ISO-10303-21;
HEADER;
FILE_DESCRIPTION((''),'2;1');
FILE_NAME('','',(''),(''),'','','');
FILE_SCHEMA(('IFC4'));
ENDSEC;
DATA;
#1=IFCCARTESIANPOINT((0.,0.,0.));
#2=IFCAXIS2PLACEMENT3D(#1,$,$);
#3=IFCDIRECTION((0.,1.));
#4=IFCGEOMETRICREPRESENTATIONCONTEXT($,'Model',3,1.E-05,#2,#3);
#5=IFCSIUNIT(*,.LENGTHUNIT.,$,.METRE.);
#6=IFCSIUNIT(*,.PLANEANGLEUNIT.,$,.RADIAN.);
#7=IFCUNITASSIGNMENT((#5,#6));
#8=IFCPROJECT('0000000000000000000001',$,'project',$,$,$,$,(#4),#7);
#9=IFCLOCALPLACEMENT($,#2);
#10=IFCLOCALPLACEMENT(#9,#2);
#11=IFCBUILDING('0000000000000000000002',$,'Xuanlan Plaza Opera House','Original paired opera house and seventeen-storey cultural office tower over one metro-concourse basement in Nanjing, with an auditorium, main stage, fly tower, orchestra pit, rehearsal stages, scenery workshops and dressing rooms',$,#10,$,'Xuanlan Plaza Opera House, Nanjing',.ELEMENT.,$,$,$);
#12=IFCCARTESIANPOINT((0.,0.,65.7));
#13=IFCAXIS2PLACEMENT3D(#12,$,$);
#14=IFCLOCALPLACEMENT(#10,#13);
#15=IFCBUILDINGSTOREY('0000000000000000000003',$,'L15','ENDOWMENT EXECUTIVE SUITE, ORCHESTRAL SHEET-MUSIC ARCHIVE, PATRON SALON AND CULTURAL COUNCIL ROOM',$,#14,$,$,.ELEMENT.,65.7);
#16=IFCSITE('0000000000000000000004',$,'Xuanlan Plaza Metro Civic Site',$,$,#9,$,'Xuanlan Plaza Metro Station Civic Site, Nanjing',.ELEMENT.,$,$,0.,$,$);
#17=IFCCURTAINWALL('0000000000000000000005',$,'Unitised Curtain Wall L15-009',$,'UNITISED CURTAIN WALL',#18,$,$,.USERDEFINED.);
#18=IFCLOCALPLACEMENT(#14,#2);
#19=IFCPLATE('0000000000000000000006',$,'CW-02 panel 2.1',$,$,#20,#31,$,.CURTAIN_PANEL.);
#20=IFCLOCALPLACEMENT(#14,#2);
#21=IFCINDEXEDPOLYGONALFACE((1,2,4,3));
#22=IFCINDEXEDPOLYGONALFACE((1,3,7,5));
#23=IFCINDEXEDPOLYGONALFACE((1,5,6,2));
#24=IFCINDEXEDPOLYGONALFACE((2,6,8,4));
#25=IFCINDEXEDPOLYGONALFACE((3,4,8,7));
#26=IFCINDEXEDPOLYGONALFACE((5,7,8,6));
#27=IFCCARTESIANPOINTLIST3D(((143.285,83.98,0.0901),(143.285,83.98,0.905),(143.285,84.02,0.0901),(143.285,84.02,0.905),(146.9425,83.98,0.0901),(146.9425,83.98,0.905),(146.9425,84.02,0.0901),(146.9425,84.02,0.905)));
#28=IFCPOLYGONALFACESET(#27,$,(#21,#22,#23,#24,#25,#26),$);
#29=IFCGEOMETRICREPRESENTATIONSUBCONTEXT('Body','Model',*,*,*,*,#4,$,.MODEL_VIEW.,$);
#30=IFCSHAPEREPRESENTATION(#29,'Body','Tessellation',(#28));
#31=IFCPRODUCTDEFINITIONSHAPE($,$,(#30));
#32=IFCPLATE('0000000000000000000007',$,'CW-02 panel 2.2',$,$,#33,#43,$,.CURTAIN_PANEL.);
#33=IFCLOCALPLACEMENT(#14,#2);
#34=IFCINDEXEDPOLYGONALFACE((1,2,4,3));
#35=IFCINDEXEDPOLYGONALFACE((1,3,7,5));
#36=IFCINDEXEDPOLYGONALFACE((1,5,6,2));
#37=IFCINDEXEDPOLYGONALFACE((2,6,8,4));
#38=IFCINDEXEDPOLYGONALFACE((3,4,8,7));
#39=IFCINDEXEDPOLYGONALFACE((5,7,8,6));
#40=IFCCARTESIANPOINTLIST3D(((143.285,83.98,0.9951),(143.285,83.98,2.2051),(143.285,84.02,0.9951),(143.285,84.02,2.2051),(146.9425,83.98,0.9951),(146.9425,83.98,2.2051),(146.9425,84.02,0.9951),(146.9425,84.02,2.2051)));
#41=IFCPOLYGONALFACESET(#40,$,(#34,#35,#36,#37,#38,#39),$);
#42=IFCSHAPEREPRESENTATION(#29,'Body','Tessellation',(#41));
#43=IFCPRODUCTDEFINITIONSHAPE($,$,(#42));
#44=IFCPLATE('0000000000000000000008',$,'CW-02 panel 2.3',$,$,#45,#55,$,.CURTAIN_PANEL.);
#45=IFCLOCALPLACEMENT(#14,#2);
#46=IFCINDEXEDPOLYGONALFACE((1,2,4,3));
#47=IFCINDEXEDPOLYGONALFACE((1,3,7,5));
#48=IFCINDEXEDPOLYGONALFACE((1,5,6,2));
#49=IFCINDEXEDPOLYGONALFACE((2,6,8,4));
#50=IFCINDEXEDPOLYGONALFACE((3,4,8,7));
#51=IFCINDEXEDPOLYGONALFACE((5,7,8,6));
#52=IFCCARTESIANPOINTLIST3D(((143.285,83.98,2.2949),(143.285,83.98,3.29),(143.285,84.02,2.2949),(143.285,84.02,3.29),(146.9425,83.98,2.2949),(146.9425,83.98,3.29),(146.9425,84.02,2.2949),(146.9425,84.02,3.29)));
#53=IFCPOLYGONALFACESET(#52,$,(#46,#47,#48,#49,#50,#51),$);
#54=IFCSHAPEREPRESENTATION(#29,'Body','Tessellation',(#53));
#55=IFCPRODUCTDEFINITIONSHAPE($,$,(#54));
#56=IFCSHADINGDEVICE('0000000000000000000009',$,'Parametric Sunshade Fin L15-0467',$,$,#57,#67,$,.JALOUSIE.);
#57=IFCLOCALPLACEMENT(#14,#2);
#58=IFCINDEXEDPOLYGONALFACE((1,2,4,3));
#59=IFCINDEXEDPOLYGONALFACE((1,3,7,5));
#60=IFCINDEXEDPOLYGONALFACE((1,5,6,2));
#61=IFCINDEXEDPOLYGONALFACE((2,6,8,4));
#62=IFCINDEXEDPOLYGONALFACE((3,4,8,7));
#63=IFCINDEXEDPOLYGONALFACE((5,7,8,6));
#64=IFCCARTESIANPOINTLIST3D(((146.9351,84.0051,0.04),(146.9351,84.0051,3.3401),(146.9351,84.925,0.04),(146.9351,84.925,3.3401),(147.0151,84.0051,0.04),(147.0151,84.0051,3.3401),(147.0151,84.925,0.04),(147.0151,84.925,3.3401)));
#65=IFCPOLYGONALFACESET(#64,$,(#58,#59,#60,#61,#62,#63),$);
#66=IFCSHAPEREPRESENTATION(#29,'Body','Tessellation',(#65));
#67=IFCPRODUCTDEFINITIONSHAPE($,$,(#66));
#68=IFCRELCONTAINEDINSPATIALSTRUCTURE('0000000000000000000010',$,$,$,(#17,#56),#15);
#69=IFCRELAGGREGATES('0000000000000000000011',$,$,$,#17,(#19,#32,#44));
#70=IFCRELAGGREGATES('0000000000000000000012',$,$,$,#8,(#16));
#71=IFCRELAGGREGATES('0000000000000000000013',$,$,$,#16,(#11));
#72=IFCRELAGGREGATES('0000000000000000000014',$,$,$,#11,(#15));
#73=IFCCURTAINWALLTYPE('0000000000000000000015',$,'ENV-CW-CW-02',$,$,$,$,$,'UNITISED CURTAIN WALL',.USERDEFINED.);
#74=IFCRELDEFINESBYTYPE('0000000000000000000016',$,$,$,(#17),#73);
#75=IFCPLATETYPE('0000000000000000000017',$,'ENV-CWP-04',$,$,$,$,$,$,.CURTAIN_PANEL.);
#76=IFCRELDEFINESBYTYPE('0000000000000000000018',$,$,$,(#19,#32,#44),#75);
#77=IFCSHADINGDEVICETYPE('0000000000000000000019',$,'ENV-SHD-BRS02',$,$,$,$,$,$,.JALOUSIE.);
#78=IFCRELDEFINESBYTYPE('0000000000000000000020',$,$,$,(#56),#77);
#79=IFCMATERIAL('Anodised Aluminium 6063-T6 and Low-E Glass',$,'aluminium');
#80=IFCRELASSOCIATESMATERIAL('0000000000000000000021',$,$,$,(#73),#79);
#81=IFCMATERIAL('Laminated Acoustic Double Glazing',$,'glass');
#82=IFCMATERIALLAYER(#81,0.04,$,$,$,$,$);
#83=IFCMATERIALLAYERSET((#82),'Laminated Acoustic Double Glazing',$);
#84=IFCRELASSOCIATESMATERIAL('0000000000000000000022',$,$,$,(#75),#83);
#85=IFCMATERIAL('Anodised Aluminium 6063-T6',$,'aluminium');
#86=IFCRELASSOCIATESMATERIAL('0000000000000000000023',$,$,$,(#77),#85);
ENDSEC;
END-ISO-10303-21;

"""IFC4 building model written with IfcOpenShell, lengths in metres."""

from ifc_helpers import new_model, si_unit, direction, frame, origin, origin_2d, place, context, subcontext, project, spatial, rectangle, extrude, material, layer, layer_set, type_object, element, aggregate, save


model = new_model("IFC4")

# Units and contexts
model_context = context("Model", 3, precision=1e-05, world=origin(), true_north=direction((0.0, 1.0)))
body_context = subcontext(model_context, "Body", "Model", "MODEL_VIEW")
ifc_project = project(units=[si_unit("LENGTHUNIT", "METRE"), si_unit("PLANEANGLEUNIT", "RADIAN")], contexts=[model_context])

# Site, building, storey
site_placement = place(None, origin())
site = spatial("IfcSite", under=ifc_project, at=site_placement, Name="Xuanlan Plaza Metro Civic Site", LongName="Xuanlan Plaza Metro Station Civic Site, Nanjing", CompositionType="ELEMENT", RefElevation=0.0)
building_placement = place(site_placement, origin())
building = spatial("IfcBuilding", under=site, at=building_placement, Name="Xuanlan Plaza Opera House", Description="Original paired opera house and seventeen-storey cultural office tower over one metro-concourse basement in Nanjing, with an auditorium, main stage, fly tower, orchestra pit, rehearsal stages, scenery workshops and dressing rooms", LongName="Xuanlan Plaza Opera House, Nanjing", CompositionType="ELEMENT")
storey_placement = place(building_placement, frame((0.0, 0.0, 65.7)))
storey = spatial("IfcBuildingStorey", under=building, at=storey_placement, Name="L15", Description="ENDOWMENT EXECUTIVE SUITE, ORCHESTRAL SHEET-MUSIC ARCHIVE, PATRON SALON AND CULTURAL COUNCIL ROOM", CompositionType="ELEMENT", Elevation=65.7)

# Curtain wall
ifc_material_1 = material(Name="Anodised Aluminium 6063-T6 and Low-E Glass", Category="aluminium")
curtain_wall_type_1 = type_object("IfcCurtainWallType", Name="ENV-CW-CW-02", ElementType="UNITISED CURTAIN WALL", PredefinedType="USERDEFINED", material=ifc_material_1)
curtain_wall_1_placement = place(storey_placement, origin())
curtain_wall_1 = element("IfcCurtainWall", 1, at=curtain_wall_1_placement, inside=storey, type_object=curtain_wall_type_1, Name="Unitised Curtain Wall L15-009", ObjectType="UNITISED CURTAIN WALL", PredefinedType="USERDEFINED")
ifc_material_2 = material(Name="Anodised Aluminium 6063-T6", Category="aluminium")

# Plates
ifc_material_3 = material(Name="Laminated Acoustic Double Glazing", Category="glass")
ifc_layer_1 = layer(ifc_material_3, 0.04)
ifc_layer_set_1 = layer_set([ifc_layer_1], Name="Laminated Acoustic Double Glazing")
plate_type_1 = type_object("IfcPlateType", Name="ENV-CWP-04", PredefinedType="CURTAIN_PANEL", material=ifc_layer_set_1)
plate_1_placement = place(storey_placement, frame((145.1138, 84.0, 0.0901), z_axis=(0.0, 0.0, 1.0), x_axis=(-1.0, 0.0, 0.0)))
plate_1 = element("IfcPlate", 2, at=plate_1_placement, type_object=plate_type_1, Name="CW-02 panel 2.1", PredefinedType="CURTAIN_PANEL", context=body_context, shape_type="SweptSolid", body=[
    extrude(rectangle(XDim=3.6575, YDim=0.04, at=origin_2d()), origin(), (0.0, 0.0, 1.0), 0.8149),
])
plate_2_placement = place(storey_placement, frame((145.1138, 84.0, 0.9951), z_axis=(0.0, 0.0, 1.0), x_axis=(-1.0, 0.0, 0.0)))
plate_2 = element("IfcPlate", 3, at=plate_2_placement, type_object=plate_type_1, Name="CW-02 panel 2.2", PredefinedType="CURTAIN_PANEL", context=body_context, shape_type="SweptSolid", body=[
    extrude(rectangle(XDim=3.6575, YDim=0.04, at=origin_2d()), origin(), (0.0, 0.0, 1.0), 1.21),
])
plate_3_placement = place(storey_placement, frame((145.1138, 84.0, 2.2949), z_axis=(0.0, 0.0, 1.0), x_axis=(-1.0, 0.0, 0.0)))
plate_3 = element("IfcPlate", 4, at=plate_3_placement, type_object=plate_type_1, Name="CW-02 panel 2.3", PredefinedType="CURTAIN_PANEL", context=body_context, shape_type="SweptSolid", body=[
    extrude(rectangle(XDim=3.6575, YDim=0.04, at=origin_2d()), origin(), (0.0, 0.0, 1.0), 0.9951),
])
aggregate(curtain_wall_1, [plate_1, plate_2, plate_3])

# Shading device
shading_device_type = type_object("IfcShadingDeviceType", Name="ENV-SHD-BRS02", PredefinedType="JALOUSIE", material=ifc_material_2)
shading_device_placement = place(storey_placement, frame((146.9751, 84.4651, 0.04), z_axis=(0.0, 0.0, 1.0), x_axis=(0.0, 1.0, 0.0)))
element("IfcShadingDevice", 5, at=shading_device_placement, inside=storey, type_object=shading_device_type, Name="Parametric Sunshade Fin L15-0467", PredefinedType="JALOUSIE", context=body_context, shape_type="SweptSolid", body=[
    extrude(rectangle(XDim=0.9199, YDim=0.0801, at=origin_2d()), origin(), (0.0, 0.0, 1.0), 3.3),
])

save(model, "model.ifc")
